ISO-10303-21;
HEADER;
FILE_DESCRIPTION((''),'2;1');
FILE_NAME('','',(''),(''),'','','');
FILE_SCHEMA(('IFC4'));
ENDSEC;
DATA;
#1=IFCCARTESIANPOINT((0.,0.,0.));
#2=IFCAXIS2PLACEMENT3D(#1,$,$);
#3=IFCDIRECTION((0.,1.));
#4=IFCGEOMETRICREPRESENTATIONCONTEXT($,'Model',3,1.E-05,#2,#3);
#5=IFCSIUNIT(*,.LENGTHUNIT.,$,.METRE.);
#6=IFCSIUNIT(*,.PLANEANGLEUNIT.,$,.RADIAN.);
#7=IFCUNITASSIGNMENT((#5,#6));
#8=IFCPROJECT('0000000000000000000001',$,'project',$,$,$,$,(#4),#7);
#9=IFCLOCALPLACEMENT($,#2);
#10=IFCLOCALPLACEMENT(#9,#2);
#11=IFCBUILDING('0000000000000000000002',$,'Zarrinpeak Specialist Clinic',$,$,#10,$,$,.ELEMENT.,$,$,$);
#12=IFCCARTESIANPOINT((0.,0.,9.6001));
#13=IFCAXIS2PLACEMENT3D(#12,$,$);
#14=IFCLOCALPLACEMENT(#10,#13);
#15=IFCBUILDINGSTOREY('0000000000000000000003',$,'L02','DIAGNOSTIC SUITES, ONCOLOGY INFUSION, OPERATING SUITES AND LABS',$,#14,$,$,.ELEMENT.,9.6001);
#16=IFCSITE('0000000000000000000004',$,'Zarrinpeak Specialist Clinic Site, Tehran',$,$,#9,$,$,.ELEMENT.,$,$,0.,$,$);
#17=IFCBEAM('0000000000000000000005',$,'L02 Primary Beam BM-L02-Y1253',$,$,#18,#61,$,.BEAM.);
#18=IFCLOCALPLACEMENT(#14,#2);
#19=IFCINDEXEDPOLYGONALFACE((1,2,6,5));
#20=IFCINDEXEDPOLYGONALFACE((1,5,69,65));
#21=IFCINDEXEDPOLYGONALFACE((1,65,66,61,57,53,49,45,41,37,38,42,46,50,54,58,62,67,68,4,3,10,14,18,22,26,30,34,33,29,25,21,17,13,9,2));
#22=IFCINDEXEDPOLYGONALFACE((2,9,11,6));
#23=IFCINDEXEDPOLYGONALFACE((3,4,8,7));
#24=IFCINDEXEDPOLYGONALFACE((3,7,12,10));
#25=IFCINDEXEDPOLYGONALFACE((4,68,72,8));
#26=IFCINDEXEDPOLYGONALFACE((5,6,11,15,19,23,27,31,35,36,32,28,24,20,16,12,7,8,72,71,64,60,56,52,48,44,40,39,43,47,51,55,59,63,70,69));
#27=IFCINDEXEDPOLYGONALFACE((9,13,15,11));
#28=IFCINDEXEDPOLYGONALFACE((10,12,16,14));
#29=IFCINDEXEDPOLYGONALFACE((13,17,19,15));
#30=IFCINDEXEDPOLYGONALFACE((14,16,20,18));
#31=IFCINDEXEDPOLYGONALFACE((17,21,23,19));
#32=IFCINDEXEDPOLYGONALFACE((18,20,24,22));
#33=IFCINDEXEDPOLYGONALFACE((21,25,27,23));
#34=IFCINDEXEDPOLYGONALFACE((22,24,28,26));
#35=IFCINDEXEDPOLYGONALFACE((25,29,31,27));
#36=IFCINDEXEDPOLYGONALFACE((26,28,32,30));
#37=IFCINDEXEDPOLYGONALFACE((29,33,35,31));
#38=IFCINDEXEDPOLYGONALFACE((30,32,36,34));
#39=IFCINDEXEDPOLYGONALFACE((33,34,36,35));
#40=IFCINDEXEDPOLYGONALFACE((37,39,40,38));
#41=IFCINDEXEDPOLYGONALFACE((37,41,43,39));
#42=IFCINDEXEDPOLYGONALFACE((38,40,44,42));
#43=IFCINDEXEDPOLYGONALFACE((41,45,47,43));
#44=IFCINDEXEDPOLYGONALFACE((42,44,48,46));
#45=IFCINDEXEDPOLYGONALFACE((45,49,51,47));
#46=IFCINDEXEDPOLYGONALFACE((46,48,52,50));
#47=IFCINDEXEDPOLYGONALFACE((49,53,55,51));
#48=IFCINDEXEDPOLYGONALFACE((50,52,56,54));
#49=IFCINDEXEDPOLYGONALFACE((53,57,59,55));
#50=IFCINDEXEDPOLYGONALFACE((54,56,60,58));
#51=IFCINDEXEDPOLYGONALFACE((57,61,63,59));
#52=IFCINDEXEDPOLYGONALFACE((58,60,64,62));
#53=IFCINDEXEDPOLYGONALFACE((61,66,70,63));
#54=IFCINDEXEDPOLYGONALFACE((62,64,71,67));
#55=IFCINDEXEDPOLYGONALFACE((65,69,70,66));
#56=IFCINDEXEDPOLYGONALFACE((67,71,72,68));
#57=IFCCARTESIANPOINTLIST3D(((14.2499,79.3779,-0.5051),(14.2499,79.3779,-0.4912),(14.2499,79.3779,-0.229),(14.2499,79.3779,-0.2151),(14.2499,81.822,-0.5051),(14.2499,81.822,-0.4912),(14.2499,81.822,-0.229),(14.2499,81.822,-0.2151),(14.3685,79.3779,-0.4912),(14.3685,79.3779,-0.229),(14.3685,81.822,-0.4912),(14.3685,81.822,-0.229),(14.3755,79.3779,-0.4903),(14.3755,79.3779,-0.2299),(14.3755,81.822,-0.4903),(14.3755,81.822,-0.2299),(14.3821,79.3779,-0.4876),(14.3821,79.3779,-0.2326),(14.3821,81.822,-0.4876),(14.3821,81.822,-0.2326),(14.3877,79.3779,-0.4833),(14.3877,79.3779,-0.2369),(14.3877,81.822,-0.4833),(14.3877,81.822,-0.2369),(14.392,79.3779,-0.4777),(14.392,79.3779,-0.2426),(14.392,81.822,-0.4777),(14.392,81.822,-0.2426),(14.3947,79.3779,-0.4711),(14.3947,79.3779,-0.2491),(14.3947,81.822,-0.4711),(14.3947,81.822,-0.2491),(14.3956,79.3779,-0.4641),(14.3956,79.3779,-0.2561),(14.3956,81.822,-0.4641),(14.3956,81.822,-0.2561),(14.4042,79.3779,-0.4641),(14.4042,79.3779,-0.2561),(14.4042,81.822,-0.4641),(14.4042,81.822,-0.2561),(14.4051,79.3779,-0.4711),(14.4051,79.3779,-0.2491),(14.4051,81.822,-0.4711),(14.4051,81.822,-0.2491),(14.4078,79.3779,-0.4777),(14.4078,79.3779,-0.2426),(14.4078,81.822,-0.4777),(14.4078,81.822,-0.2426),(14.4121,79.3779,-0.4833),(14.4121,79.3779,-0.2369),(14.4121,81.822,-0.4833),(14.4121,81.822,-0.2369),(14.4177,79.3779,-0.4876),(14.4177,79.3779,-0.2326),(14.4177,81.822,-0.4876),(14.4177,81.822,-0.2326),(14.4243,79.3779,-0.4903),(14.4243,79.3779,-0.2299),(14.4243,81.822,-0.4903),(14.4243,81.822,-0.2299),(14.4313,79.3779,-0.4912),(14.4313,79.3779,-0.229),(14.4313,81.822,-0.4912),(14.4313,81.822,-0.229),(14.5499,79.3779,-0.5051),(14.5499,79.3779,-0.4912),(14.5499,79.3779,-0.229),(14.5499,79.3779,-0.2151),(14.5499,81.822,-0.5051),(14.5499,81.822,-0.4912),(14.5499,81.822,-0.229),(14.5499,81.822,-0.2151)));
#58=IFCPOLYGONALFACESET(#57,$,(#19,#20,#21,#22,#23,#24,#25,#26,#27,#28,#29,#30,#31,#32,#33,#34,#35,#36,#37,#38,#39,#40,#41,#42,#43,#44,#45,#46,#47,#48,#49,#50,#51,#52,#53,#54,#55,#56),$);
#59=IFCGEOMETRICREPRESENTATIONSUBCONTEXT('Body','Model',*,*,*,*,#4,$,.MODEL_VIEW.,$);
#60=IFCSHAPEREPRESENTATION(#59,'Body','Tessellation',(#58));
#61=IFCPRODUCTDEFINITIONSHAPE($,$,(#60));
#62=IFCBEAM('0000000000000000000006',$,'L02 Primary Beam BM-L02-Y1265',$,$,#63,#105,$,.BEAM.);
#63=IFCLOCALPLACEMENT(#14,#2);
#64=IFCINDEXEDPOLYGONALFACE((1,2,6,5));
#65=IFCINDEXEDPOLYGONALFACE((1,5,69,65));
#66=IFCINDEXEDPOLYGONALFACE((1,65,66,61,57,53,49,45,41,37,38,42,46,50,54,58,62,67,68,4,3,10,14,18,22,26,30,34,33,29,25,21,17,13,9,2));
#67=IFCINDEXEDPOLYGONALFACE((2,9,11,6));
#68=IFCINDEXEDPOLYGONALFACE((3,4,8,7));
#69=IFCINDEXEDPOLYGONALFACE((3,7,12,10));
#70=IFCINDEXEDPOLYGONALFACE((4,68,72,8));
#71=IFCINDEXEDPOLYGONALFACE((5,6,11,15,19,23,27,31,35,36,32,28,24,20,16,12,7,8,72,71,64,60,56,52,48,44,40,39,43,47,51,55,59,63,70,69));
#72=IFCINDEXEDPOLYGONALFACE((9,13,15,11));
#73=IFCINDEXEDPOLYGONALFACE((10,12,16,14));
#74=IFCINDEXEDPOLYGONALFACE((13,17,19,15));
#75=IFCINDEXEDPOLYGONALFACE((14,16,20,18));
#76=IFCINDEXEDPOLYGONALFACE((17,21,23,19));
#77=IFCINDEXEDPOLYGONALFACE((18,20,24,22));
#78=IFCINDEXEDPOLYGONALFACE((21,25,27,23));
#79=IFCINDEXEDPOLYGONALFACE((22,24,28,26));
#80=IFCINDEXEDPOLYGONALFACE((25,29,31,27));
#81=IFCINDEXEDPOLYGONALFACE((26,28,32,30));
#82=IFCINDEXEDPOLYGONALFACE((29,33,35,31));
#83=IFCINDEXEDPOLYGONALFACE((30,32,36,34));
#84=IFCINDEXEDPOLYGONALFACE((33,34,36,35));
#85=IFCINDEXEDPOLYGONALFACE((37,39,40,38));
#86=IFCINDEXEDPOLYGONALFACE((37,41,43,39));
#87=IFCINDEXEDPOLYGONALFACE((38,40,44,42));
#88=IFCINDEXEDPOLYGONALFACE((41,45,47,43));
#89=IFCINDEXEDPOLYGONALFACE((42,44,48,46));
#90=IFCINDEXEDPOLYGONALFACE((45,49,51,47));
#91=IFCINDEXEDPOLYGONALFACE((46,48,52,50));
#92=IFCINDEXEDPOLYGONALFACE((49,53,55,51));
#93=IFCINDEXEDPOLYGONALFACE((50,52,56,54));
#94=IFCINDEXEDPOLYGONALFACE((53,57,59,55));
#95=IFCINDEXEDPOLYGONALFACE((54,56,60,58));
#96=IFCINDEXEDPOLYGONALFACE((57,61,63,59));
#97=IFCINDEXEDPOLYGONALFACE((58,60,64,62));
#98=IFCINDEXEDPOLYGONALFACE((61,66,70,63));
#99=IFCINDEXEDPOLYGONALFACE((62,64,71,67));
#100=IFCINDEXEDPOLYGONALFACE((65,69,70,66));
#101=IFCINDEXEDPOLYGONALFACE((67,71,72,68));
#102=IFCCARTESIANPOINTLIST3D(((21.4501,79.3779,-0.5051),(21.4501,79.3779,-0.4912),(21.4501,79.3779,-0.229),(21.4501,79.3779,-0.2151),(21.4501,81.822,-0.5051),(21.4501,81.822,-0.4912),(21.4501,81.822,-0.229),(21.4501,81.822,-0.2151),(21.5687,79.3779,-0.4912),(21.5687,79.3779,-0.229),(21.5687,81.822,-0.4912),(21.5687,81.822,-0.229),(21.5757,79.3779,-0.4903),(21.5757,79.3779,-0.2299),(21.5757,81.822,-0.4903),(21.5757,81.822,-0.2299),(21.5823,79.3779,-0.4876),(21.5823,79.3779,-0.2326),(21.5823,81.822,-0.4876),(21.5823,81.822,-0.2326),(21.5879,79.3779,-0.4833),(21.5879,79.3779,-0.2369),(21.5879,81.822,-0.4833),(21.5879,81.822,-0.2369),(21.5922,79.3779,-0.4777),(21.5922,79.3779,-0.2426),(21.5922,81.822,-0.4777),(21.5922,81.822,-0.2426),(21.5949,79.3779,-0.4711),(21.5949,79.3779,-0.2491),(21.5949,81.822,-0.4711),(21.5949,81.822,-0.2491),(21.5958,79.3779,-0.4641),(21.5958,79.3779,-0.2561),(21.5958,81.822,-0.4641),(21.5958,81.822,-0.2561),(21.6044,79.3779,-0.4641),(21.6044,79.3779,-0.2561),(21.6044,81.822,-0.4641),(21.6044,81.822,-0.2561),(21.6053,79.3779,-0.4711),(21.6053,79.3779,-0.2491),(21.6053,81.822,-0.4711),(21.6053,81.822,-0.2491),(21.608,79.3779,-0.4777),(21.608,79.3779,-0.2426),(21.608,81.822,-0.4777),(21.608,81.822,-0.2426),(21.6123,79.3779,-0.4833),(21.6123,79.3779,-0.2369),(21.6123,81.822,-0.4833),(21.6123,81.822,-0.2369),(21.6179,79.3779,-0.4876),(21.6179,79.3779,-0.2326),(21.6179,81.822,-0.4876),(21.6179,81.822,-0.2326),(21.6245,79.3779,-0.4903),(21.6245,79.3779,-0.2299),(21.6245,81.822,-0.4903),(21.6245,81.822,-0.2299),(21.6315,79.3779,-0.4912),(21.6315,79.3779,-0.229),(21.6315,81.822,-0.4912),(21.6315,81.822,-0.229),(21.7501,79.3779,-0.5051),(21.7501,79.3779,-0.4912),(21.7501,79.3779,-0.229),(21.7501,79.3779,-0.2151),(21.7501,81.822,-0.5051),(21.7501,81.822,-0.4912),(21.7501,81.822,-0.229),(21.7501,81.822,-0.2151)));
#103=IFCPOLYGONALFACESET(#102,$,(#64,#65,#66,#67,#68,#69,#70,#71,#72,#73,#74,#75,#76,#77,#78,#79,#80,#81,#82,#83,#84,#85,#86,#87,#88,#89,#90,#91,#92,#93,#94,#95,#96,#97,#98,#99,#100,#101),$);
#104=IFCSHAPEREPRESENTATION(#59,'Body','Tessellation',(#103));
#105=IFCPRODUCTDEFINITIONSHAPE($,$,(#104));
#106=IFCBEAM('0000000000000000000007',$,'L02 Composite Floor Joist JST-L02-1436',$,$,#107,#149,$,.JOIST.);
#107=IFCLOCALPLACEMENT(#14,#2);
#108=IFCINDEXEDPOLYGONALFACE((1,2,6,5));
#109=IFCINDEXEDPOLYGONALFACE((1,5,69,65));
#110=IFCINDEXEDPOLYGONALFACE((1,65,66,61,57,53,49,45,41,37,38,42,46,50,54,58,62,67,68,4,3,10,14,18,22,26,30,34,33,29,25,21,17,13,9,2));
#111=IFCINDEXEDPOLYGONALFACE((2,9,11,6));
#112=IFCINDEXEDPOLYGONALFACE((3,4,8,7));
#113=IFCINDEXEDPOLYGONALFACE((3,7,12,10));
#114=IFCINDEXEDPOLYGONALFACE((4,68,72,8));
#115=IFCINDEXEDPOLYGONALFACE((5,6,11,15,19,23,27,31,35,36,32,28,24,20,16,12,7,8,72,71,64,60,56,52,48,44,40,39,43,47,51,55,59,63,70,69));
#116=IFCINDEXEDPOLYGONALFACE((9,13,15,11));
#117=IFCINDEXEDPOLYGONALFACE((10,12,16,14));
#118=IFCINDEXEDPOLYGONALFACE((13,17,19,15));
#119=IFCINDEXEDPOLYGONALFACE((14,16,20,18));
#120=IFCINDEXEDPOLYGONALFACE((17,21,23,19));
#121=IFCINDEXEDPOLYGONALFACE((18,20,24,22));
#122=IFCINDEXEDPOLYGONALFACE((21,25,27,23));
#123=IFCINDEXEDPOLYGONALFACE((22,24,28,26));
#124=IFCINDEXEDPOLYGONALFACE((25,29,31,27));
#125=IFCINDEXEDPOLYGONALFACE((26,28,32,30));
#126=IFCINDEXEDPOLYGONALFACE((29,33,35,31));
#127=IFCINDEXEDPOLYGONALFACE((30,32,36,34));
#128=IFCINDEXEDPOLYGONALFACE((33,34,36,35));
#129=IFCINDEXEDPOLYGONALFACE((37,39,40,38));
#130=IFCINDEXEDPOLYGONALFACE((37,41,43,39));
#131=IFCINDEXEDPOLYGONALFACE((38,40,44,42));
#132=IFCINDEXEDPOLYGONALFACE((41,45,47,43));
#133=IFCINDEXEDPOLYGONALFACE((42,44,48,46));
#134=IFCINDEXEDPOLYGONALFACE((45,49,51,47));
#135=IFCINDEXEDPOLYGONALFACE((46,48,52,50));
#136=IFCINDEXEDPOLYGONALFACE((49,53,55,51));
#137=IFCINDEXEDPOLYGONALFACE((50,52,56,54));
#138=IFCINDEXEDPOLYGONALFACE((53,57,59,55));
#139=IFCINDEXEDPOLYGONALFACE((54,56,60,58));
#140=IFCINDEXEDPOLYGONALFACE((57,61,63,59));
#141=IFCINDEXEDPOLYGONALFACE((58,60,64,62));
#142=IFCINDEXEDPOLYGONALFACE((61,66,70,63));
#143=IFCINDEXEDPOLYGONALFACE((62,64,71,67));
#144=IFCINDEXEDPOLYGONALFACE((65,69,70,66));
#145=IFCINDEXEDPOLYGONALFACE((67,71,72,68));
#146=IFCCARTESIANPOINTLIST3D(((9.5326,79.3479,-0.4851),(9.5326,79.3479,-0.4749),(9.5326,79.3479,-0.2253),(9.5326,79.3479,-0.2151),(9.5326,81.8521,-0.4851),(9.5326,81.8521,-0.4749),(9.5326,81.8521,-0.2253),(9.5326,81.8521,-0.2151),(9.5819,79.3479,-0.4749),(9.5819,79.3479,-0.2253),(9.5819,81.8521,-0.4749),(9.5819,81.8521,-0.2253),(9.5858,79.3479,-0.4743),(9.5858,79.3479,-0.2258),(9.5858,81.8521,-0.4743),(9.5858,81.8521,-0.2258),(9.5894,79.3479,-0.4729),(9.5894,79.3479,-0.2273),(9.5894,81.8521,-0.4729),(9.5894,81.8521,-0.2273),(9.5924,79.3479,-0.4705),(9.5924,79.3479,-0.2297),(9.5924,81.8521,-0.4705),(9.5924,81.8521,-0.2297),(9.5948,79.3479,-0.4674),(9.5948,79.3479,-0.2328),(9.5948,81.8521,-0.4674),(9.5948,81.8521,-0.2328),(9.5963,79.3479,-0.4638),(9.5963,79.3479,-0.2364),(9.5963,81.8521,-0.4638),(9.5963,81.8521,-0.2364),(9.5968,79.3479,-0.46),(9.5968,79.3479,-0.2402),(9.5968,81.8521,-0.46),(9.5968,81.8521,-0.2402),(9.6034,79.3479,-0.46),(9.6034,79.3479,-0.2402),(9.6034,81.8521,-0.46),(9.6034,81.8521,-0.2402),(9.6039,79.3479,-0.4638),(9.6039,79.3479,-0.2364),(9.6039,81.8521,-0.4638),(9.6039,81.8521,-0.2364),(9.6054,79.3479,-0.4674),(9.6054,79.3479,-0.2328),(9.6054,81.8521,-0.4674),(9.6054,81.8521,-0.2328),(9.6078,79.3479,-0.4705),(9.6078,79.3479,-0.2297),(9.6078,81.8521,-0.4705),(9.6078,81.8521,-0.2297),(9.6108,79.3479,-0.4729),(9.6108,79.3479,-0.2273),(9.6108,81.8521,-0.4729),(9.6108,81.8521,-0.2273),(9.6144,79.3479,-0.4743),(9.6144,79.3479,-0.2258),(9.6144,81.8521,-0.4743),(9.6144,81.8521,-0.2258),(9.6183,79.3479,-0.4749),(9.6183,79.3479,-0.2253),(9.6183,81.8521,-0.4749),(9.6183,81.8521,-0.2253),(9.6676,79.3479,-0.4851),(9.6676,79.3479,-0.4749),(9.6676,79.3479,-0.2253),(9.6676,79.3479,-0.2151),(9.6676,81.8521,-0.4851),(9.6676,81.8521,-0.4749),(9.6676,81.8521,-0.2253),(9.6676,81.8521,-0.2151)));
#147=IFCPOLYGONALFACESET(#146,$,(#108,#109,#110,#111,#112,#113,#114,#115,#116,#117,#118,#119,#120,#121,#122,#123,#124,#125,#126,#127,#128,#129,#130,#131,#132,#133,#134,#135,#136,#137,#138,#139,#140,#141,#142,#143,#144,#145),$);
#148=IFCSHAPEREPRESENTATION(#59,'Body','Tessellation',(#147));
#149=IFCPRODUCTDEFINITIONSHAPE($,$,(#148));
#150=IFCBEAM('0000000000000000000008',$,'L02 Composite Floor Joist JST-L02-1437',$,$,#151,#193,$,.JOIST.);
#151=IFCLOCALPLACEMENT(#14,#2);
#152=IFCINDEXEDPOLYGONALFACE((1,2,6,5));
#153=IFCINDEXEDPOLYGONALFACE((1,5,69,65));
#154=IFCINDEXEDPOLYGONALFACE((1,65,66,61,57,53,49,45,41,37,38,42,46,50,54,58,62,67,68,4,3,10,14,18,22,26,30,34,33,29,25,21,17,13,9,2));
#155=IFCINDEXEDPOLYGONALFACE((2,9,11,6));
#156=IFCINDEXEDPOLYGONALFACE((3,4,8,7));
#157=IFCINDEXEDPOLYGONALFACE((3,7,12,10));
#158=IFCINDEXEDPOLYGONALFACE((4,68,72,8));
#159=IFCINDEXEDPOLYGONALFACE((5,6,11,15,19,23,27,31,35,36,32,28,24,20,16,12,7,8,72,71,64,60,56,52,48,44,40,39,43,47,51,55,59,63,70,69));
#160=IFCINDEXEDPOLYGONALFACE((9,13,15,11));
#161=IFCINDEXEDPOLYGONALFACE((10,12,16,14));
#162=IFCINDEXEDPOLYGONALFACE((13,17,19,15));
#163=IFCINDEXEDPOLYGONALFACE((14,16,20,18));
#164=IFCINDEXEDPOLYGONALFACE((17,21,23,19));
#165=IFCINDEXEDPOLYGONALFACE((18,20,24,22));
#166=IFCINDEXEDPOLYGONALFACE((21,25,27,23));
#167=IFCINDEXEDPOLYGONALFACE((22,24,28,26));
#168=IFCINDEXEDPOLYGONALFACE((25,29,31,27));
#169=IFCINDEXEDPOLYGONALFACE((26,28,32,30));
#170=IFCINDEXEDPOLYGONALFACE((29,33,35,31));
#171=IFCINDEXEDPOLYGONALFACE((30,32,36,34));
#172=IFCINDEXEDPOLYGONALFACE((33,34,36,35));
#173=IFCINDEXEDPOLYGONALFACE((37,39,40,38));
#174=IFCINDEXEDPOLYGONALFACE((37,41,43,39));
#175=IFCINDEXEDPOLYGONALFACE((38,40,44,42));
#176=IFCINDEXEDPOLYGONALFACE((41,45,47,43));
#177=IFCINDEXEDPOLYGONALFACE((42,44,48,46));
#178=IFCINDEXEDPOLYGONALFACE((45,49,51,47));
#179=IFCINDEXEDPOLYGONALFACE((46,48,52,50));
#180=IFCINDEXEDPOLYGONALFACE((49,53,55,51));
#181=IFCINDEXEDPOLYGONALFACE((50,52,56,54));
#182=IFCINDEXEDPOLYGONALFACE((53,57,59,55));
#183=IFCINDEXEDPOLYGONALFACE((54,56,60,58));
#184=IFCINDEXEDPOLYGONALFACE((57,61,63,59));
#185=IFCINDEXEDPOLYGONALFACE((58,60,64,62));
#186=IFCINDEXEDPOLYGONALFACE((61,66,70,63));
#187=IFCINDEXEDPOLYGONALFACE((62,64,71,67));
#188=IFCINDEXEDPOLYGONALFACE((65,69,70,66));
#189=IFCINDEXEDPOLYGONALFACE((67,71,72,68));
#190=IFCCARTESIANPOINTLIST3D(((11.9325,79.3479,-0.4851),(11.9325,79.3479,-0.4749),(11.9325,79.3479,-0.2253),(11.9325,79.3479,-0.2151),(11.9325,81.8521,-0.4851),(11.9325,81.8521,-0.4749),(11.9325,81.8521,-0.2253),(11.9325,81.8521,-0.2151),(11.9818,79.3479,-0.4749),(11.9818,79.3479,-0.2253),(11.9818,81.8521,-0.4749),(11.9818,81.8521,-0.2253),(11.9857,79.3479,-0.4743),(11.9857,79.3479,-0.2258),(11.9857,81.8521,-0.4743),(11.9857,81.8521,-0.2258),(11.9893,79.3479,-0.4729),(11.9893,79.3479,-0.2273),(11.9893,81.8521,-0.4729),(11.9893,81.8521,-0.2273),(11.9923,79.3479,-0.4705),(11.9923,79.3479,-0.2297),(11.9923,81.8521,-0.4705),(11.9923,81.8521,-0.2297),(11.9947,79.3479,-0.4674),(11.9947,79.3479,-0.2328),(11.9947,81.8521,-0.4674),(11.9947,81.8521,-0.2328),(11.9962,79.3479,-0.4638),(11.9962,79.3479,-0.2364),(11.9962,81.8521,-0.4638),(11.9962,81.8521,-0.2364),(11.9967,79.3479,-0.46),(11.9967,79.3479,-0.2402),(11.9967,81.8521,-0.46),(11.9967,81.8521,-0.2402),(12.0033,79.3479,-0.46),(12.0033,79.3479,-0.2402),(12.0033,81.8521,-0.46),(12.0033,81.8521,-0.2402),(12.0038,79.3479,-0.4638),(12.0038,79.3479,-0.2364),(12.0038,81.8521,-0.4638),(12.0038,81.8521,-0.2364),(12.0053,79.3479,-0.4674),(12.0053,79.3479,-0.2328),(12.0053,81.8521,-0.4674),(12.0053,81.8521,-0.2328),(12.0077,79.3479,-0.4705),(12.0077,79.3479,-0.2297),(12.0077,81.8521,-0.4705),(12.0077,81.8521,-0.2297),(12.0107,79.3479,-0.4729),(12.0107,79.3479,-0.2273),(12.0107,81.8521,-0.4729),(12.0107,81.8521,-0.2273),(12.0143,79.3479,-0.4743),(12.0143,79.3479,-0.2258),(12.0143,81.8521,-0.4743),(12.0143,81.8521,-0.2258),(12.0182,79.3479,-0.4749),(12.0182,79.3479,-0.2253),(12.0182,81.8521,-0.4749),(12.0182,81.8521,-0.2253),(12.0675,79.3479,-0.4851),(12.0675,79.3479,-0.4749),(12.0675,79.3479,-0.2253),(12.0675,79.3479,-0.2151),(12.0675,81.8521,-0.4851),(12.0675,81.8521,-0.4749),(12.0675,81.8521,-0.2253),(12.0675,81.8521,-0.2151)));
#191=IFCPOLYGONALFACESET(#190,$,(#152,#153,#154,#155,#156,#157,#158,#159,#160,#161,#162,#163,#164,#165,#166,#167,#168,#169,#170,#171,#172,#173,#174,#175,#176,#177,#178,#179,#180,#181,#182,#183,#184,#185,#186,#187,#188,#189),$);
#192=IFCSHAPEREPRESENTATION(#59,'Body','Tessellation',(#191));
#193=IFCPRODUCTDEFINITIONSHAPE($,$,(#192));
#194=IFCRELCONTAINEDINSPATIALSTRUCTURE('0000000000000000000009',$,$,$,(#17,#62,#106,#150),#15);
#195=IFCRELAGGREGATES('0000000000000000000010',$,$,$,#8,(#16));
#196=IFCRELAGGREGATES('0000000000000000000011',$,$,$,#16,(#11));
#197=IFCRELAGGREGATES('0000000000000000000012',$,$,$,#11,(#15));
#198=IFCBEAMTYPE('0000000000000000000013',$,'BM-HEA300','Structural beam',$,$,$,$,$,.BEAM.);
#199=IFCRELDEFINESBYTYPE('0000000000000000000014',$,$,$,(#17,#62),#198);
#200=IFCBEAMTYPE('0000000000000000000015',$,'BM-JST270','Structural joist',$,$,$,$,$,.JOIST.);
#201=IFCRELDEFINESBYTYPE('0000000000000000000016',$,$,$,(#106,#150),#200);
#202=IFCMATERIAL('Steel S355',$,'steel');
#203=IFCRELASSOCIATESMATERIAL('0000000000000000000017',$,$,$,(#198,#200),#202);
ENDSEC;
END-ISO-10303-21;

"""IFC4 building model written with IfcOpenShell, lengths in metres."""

from ifc_helpers import new_model, si_unit, direction, frame, origin, origin_2d, place, context, subcontext, project, spatial, i_section, extrude, material, material_profile, profile_set, type_object, element, save


model = new_model("IFC4")

# Units and contexts
model_context = context("Model", 3, precision=1e-05, world=origin(), true_north=direction((0.0, 1.0)))
body_context = subcontext(model_context, "Body", "Model", "MODEL_VIEW")
ifc_project = project(units=[si_unit("LENGTHUNIT", "METRE"), si_unit("PLANEANGLEUNIT", "RADIAN")], contexts=[model_context])

# Site, building, storey
site_placement = place(None, origin())
site = spatial("IfcSite", under=ifc_project, at=site_placement, Name="Zarrinpeak Specialist Clinic Site, Tehran", CompositionType="ELEMENT", RefElevation=0.0)
building_placement = place(site_placement, origin())
building = spatial("IfcBuilding", under=site, at=building_placement, Name="Zarrinpeak Specialist Clinic", CompositionType="ELEMENT")
storey_placement = place(building_placement, frame((0.0, 0.0, 9.6001)))
storey = spatial("IfcBuildingStorey", under=building, at=storey_placement, Name="L02", Description="DIAGNOSTIC SUITES, ONCOLOGY INFUSION, OPERATING SUITES AND LABS", CompositionType="ELEMENT", Elevation=9.6001)

# Shared definitions
ifc_material_1 = material(Name="Steel S355", Category="steel")

# Beams
ifc_material_profile_1 = material_profile(ifc_material_1, i_section(OverallWidth=0.3, OverallDepth=0.29, WebThickness=0.0085, FlangeThickness=0.0139, FilletRadius=0.0271, at=origin_2d()), Name="HEA 300")
ifc_profile_set_1 = profile_set([ifc_material_profile_1], Name="Steel S355")
beam_type_1 = type_object("IfcBeamType", Name="BM-HEA300", Description="Structural beam", PredefinedType="BEAM", material=ifc_profile_set_1)
for number, where, z_axis, x_axis, name in (
    (1, (14.3999, 79.3779, -0.3601), (0.0, 1.0, 0.0), (-1.0, 0.0, 0.0), "L02 Primary Beam BM-L02-Y1253"),
    (2, (21.6001, 79.3779, -0.3601), (0.0, 1.0, 0.0), (-1.0, 0.0, 0.0), "L02 Primary Beam BM-L02-Y1265"),
):
    element("IfcBeam", number, at=place(storey_placement, frame(where, z_axis=z_axis, x_axis=x_axis)), inside=storey, type_object=beam_type_1, Name=name, PredefinedType="BEAM", context=body_context, shape_type="SweptSolid", body=[
        extrude(i_section(OverallWidth=0.3, OverallDepth=0.29, WebThickness=0.0085, FlangeThickness=0.0139, FilletRadius=0.0271, at=origin_2d()), origin(), (0.0, 0.0, 1.0), 2.4441),
    ])
ifc_material_profile_2 = material_profile(ifc_material_1, i_section(OverallWidth=0.135, OverallDepth=0.27, WebThickness=0.0066, FlangeThickness=0.0103, FilletRadius=0.0149, at=origin_2d()), Name="IPE 270")
ifc_profile_set_2 = profile_set([ifc_material_profile_2], Name="Steel S355")
beam_type_2 = type_object("IfcBeamType", Name="BM-JST270", Description="Structural joist", PredefinedType="JOIST", material=ifc_profile_set_2)
for number, where, z_axis, x_axis, name in (
    (3, (9.6001, 79.3479, -0.3501), (0.0, 1.0, 0.0), (-1.0, 0.0, 0.0), "L02 Composite Floor Joist JST-L02-1436"),
    (4, (12.0, 79.3479, -0.3501), (0.0, 1.0, 0.0), (-1.0, 0.0, 0.0), "L02 Composite Floor Joist JST-L02-1437"),
):
    element("IfcBeam", number, at=place(storey_placement, frame(where, z_axis=z_axis, x_axis=x_axis)), inside=storey, type_object=beam_type_2, Name=name, PredefinedType="JOIST", context=body_context, shape_type="SweptSolid", body=[
        extrude(i_section(OverallWidth=0.135, OverallDepth=0.27, WebThickness=0.0066, FlangeThickness=0.0103, FilletRadius=0.0149, at=origin_2d()), origin(), (0.0, 0.0, 1.0), 2.5042),
    ])

save(model, "model.ifc")
